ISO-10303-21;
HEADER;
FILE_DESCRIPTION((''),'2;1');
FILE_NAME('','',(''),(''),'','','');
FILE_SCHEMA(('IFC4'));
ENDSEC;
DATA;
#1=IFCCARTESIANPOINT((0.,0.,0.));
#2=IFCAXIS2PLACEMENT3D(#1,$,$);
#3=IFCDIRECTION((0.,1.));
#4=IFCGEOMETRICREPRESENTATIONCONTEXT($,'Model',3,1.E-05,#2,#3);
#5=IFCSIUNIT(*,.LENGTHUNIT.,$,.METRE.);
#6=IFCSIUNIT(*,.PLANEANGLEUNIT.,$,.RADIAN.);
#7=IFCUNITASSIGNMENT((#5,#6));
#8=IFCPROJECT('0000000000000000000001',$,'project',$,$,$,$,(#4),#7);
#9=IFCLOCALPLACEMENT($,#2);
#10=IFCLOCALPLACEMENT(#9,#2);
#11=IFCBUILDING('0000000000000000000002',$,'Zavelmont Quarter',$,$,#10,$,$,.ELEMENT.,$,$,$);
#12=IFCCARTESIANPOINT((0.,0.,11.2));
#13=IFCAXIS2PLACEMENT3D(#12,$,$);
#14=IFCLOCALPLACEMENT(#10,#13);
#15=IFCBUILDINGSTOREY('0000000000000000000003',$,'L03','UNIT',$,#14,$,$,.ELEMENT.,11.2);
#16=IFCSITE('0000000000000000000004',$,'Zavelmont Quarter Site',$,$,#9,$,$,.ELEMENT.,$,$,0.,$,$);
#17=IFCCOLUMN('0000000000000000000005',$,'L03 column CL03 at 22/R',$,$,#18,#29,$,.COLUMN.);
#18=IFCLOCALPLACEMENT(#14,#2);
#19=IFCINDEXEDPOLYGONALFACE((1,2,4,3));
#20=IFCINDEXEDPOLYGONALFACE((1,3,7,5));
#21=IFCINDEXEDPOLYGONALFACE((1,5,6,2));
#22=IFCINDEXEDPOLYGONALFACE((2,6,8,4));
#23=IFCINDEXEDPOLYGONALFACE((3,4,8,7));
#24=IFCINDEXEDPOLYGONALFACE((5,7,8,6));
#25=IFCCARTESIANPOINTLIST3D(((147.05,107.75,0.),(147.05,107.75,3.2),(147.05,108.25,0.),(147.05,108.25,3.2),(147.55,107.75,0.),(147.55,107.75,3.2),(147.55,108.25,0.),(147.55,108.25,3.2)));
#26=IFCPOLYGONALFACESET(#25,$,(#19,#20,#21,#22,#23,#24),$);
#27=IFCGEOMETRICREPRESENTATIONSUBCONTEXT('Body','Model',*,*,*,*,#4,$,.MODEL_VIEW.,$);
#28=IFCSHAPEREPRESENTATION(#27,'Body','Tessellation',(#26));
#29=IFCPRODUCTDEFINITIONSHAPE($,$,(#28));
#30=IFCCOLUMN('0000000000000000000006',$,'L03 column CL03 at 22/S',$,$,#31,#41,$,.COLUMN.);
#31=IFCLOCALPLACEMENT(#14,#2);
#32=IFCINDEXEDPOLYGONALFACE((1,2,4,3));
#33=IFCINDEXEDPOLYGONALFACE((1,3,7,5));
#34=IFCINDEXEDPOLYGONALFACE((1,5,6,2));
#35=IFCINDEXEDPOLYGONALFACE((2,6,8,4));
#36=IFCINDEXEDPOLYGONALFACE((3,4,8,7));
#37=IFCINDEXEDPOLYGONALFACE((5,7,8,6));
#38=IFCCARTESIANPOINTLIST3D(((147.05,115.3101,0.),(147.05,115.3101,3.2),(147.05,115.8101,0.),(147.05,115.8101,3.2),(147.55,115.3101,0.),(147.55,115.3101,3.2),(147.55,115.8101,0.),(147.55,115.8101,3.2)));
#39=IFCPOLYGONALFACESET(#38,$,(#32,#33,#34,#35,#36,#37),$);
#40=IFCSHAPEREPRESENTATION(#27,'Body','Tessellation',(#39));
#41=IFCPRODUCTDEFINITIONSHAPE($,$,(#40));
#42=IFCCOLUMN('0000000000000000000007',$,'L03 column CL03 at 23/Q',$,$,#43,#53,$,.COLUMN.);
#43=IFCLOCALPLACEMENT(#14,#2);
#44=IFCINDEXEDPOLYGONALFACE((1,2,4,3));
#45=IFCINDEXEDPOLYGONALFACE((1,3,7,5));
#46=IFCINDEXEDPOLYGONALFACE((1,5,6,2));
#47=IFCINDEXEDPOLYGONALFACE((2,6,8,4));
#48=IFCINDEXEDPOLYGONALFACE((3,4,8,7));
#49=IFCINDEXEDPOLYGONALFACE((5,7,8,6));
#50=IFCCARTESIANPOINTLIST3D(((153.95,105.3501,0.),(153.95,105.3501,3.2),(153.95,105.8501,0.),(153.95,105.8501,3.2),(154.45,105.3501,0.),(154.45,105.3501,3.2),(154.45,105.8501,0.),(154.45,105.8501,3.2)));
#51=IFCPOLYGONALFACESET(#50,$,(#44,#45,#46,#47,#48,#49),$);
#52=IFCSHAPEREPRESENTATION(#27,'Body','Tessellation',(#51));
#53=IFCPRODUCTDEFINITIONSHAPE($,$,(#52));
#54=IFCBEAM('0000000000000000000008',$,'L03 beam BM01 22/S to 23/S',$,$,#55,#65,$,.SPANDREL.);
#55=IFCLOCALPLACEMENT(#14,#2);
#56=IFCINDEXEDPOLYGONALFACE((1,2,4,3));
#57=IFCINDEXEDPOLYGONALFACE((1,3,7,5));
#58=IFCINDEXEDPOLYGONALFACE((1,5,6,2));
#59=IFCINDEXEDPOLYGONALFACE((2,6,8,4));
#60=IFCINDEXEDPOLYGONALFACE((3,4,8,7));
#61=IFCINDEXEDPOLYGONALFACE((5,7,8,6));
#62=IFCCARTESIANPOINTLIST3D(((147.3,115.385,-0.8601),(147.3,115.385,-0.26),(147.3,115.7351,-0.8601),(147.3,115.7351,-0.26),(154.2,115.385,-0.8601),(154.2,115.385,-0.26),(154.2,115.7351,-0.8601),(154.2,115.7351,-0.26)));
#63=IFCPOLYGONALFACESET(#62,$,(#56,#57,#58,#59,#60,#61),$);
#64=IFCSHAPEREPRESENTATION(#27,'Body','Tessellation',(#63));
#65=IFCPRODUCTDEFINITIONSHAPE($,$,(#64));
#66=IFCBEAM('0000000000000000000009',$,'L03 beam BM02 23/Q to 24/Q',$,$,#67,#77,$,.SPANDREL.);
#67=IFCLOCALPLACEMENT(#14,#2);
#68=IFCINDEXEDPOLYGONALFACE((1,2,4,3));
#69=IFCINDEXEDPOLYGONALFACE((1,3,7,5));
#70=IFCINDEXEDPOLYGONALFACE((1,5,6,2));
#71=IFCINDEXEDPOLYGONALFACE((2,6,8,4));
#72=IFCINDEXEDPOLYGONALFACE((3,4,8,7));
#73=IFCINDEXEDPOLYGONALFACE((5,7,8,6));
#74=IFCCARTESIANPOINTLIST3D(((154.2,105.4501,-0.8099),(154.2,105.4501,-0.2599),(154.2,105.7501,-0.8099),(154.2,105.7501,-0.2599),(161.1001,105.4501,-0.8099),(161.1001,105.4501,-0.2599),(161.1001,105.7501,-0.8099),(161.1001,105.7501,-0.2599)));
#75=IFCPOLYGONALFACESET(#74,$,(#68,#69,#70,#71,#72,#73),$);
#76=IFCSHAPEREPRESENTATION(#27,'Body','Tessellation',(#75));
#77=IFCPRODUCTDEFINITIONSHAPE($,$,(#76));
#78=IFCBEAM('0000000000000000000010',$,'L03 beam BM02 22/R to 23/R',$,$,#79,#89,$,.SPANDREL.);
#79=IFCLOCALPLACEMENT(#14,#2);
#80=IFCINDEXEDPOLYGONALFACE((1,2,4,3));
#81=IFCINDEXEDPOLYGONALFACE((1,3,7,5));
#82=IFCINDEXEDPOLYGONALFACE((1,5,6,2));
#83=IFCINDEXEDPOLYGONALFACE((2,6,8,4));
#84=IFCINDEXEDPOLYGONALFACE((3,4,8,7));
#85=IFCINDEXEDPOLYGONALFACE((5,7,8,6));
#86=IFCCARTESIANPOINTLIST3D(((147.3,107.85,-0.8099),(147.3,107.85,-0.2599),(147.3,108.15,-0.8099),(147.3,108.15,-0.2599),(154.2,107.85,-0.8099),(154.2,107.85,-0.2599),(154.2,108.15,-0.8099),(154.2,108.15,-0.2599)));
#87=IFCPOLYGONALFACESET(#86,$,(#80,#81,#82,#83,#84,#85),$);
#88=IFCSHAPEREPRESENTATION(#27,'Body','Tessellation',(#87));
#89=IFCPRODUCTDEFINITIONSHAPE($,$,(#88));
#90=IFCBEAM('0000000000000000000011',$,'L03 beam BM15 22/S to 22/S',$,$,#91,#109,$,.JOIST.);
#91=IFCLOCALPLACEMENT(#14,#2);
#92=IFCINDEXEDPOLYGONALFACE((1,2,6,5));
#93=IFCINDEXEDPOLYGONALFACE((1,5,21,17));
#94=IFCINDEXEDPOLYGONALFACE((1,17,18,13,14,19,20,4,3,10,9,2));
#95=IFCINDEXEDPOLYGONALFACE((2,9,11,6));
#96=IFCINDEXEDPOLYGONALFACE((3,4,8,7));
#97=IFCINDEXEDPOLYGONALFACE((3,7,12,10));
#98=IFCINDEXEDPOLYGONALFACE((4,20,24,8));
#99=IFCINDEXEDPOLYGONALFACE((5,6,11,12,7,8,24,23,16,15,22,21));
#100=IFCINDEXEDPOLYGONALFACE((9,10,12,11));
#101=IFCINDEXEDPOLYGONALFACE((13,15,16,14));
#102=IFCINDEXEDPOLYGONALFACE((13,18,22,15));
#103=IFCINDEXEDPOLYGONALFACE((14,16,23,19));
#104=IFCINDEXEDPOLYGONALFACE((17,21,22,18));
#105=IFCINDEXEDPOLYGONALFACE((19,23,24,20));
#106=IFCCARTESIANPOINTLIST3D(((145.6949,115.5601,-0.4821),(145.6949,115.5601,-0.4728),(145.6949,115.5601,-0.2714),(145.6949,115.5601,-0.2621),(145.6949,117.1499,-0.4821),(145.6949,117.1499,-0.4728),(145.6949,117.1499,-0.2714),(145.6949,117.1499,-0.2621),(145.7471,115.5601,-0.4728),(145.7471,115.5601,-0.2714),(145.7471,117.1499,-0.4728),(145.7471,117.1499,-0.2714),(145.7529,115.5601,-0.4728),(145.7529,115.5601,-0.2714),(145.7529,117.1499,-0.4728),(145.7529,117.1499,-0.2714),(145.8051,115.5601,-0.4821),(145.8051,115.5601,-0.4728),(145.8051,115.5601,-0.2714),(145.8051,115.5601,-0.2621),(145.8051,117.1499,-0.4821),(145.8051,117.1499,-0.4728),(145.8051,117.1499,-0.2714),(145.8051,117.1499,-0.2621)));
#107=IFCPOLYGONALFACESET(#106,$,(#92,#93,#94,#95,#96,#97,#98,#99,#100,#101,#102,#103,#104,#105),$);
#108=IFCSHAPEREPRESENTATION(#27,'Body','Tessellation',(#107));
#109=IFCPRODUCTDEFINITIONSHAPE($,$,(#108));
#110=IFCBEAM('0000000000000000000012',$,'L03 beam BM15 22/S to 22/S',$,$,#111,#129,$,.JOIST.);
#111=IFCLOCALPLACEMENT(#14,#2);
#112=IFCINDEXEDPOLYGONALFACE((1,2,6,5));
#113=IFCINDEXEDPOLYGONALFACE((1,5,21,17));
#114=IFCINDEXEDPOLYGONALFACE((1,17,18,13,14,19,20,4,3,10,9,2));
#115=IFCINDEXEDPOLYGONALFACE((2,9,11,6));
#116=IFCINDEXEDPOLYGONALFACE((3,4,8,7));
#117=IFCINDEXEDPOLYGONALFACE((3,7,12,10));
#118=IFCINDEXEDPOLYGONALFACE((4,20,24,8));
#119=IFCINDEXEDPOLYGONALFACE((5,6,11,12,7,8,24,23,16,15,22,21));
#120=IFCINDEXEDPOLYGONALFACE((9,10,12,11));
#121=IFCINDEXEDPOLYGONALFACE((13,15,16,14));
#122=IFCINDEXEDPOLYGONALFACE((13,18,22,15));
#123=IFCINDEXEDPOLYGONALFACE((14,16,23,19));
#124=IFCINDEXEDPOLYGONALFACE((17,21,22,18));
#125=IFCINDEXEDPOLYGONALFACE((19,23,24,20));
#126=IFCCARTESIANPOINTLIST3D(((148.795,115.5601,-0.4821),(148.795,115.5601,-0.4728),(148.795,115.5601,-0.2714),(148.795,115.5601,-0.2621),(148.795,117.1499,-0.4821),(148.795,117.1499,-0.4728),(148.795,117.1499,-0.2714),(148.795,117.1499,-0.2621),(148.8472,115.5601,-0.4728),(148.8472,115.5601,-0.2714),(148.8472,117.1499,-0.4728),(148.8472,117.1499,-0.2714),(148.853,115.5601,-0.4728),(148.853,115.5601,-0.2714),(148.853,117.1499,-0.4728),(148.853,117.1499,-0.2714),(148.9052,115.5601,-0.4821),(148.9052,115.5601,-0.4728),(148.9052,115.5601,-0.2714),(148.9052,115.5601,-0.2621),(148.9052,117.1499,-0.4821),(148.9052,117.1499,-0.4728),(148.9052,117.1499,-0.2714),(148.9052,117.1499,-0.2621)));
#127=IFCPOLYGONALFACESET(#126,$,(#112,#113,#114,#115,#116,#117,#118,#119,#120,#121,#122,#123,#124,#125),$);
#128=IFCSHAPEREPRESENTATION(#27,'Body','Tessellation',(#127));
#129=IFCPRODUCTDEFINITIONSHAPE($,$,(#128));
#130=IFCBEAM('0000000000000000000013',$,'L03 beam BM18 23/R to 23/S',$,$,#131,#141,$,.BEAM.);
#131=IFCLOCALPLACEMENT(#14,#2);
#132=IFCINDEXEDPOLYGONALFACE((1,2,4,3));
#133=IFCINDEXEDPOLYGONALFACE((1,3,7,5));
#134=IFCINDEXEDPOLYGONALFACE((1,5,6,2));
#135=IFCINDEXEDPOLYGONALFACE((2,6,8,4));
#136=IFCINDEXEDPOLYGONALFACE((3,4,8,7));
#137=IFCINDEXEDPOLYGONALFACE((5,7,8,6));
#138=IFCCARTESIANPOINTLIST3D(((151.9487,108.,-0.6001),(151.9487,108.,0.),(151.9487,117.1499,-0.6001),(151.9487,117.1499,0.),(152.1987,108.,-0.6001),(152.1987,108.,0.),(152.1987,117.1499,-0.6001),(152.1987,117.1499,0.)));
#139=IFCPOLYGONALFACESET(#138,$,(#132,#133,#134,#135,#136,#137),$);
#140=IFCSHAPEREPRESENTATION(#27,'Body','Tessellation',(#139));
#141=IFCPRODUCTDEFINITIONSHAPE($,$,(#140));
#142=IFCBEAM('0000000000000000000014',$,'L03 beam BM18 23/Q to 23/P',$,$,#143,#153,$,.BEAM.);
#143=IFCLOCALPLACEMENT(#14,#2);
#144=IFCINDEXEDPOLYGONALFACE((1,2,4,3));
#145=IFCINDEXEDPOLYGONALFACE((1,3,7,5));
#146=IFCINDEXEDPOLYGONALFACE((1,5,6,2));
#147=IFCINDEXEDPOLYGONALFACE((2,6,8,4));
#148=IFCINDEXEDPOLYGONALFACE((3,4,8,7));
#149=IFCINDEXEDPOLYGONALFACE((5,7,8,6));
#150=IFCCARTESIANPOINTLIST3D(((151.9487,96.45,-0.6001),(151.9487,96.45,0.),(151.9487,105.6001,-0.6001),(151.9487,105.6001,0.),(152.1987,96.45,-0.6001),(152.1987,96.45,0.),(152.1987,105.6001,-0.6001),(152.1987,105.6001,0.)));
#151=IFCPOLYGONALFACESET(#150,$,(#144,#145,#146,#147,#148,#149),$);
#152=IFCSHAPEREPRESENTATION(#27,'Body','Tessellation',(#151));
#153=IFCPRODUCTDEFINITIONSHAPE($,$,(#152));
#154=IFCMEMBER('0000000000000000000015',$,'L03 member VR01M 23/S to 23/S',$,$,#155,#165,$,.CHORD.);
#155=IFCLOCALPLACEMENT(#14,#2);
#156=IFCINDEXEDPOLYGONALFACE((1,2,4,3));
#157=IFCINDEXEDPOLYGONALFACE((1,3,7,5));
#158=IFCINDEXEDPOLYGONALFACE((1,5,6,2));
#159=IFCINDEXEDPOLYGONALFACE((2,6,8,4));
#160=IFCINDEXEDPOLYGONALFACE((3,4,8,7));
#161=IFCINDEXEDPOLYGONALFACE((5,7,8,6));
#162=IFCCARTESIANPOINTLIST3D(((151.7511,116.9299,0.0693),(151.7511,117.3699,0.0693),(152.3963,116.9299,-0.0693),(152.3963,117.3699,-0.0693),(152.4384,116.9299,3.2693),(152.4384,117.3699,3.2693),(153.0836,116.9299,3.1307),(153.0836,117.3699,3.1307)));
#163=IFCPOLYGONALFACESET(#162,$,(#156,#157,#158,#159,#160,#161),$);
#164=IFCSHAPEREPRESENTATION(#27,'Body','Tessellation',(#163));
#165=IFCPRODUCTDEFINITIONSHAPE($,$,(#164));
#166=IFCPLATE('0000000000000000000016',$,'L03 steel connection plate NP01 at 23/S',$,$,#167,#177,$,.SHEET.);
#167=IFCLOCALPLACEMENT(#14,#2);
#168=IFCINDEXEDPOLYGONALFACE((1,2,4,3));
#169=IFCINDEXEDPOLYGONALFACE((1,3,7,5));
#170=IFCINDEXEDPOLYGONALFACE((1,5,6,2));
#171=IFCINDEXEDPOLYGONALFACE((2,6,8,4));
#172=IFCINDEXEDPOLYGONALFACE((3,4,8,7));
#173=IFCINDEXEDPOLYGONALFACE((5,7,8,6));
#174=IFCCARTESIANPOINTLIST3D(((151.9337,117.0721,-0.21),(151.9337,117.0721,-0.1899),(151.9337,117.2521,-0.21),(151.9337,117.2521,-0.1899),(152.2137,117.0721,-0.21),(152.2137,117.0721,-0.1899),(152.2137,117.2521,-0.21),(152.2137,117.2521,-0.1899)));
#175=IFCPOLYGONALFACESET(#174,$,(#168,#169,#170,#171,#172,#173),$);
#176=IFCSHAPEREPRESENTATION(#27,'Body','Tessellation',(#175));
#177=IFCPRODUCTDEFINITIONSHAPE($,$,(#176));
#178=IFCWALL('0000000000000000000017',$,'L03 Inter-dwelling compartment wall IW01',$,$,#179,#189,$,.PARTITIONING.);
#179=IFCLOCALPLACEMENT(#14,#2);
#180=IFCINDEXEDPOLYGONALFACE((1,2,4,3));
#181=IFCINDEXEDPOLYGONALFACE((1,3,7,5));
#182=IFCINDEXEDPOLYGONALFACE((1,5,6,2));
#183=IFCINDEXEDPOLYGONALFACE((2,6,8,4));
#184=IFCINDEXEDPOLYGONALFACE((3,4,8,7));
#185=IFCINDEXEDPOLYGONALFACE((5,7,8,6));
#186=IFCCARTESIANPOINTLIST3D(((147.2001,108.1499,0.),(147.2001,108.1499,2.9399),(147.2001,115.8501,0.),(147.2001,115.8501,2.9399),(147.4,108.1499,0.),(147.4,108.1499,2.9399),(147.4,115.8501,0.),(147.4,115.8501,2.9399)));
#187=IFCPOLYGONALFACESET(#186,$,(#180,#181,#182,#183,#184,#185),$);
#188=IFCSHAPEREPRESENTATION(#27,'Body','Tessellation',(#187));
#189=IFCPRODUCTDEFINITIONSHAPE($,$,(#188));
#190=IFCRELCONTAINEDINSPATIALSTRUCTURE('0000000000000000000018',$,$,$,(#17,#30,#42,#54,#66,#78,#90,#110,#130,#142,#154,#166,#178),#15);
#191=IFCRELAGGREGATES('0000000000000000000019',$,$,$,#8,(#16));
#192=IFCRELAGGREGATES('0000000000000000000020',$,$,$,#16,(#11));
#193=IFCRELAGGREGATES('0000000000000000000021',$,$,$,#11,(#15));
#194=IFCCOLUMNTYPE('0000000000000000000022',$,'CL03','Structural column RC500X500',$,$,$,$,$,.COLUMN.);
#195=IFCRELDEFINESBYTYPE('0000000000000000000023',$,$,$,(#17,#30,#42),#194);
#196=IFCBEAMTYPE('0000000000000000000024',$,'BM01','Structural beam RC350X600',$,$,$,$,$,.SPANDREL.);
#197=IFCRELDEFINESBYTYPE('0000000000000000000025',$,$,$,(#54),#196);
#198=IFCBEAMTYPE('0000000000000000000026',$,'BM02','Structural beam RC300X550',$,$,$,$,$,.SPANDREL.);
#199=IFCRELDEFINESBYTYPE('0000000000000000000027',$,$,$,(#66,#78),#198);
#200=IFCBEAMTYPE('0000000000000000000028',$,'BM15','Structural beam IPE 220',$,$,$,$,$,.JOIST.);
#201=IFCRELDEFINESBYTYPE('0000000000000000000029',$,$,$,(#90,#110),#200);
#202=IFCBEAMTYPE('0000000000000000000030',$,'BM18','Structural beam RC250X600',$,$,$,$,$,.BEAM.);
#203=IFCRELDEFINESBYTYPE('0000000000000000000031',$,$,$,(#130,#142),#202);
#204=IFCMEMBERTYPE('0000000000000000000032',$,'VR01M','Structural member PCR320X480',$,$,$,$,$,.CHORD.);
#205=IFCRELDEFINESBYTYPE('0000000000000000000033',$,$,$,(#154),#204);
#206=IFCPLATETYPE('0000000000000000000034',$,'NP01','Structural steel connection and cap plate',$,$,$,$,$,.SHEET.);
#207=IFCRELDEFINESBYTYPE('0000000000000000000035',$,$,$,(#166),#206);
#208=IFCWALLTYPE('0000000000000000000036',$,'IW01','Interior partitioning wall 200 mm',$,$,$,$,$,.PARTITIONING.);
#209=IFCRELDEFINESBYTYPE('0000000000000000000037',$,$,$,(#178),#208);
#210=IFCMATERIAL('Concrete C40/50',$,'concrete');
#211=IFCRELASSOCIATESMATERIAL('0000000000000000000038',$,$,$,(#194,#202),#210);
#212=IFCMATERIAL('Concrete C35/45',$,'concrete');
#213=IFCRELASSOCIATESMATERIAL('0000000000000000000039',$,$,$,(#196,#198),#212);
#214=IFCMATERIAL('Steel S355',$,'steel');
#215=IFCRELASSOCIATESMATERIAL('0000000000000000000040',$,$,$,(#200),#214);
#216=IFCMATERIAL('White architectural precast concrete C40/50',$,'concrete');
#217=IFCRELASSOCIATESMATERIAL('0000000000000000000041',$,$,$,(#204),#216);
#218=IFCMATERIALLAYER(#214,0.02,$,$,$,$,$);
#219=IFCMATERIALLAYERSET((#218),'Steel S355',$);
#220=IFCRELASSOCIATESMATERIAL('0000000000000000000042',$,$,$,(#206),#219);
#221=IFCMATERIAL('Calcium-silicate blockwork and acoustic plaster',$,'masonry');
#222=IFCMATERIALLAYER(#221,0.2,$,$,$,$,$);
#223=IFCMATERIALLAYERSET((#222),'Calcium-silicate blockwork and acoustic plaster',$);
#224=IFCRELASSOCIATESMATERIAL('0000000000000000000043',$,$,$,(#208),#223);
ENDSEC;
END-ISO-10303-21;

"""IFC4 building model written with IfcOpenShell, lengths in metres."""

from ifc_helpers import new_model, si_unit, direction, frame, frame_2d, origin, origin_2d, place, context, subcontext, project, spatial, rectangle, i_section, extrude, material, layer, layer_set, material_profile, profile_set, type_object, element, save


model = new_model("IFC4")

# Units and contexts
model_context = context("Model", 3, precision=1e-05, world=origin(), true_north=direction((0.0, 1.0)))
body_context = subcontext(model_context, "Body", "Model", "MODEL_VIEW")
ifc_project = project(units=[si_unit("LENGTHUNIT", "METRE"), si_unit("PLANEANGLEUNIT", "RADIAN")], contexts=[model_context])

# Site, building, storey
site_placement = place(None, origin())
site = spatial("IfcSite", under=ifc_project, at=site_placement, Name="Zavelmont Quarter Site", CompositionType="ELEMENT", RefElevation=0.0)
building_placement = place(site_placement, origin())
building = spatial("IfcBuilding", under=site, at=building_placement, Name="Zavelmont Quarter", CompositionType="ELEMENT")
storey_placement = place(building_placement, frame((0.0, 0.0, 11.2)))
storey = spatial("IfcBuildingStorey", under=building, at=storey_placement, Name="L03", Description="UNIT", CompositionType="ELEMENT", Elevation=11.2)

# Columns
ifc_material_1 = material(Name="Concrete C40/50", Category="concrete")
ifc_material_profile_1 = material_profile(ifc_material_1, rectangle(XDim=0.5, YDim=0.5, at=origin_2d()), Name="RC500X500")
ifc_profile_set_1 = profile_set([ifc_material_profile_1], Name="Concrete C40/50")
column_type = type_object("IfcColumnType", Name="CL03", Description="Structural column RC500X500", PredefinedType="COLUMN", material=ifc_profile_set_1)
for number, where, z_axis, x_axis, name in (
    (1, (147.3, 108.0, 0.0), (0.0, 0.0, 1.0), (1.0, 0.0, 0.0), "L03 column CL03 at 22/R"),
    (2, (147.3, 115.5601, 0.0), (0.0, 0.0, 1.0), (1.0, 0.0, 0.0), "L03 column CL03 at 22/S"),
    (3, (154.2, 105.6001, 0.0), (0.0, 0.0, 1.0), (1.0, 0.0, 0.0), "L03 column CL03 at 23/Q"),
):
    element("IfcColumn", number, at=place(storey_placement, frame(where, z_axis=z_axis, x_axis=x_axis)), inside=storey, type_object=column_type, Name=name, PredefinedType="COLUMN", context=body_context, shape_type="SweptSolid", body=[
        extrude(rectangle(XDim=0.5, YDim=0.5, at=origin_2d()), origin(), (0.0, 0.0, 1.0), 3.2),
    ])

# Beams
ifc_material_2 = material(Name="Concrete C35/45", Category="concrete")
ifc_material_profile_2 = material_profile(ifc_material_2, rectangle(XDim=0.3501, YDim=0.6001, at=origin_2d()), Name="RC350X600")
ifc_profile_set_2 = profile_set([ifc_material_profile_2], Name="Concrete C35/45")
beam_type_1 = type_object("IfcBeamType", Name="BM01", Description="Structural beam RC350X600", PredefinedType="SPANDREL", material=ifc_profile_set_2)
beam_1_placement = place(storey_placement, frame((147.3, 115.5601, -0.5601), z_axis=(1.0, 0.0, 0.0), x_axis=(0.0, 1.0, 0.0)))
element("IfcBeam", 4, at=beam_1_placement, inside=storey, type_object=beam_type_1, Name="L03 beam BM01 22/S to 23/S", PredefinedType="SPANDREL", context=body_context, shape_type="SweptSolid", body=[
    extrude(rectangle(XDim=0.3501, YDim=0.6001, at=origin_2d()), origin(), (0.0, 0.0, 1.0), 6.8999),
])
ifc_material_profile_3 = material_profile(ifc_material_2, rectangle(XDim=0.3, YDim=0.55, at=origin_2d()), Name="RC300X550")
ifc_profile_set_3 = profile_set([ifc_material_profile_3], Name="Concrete C35/45")
beam_type_2 = type_object("IfcBeamType", Name="BM02", Description="Structural beam RC300X550", PredefinedType="SPANDREL", material=ifc_profile_set_3)
beam_2_placement = place(storey_placement, frame((154.2, 105.6001, -0.5349), z_axis=(1.0, 0.0, 0.0), x_axis=(0.0, 1.0, 0.0)))
element("IfcBeam", 5, at=beam_2_placement, inside=storey, type_object=beam_type_2, Name="L03 beam BM02 23/Q to 24/Q", PredefinedType="SPANDREL", context=body_context, shape_type="SweptSolid", body=[
    extrude(rectangle(XDim=0.3, YDim=0.55, at=origin_2d()), origin(), (0.0, 0.0, 1.0), 6.9001),
])
beam_3_placement = place(storey_placement, frame((147.3, 108.0, -0.5349), z_axis=(1.0, 0.0, 0.0), x_axis=(0.0, 1.0, 0.0)))
element("IfcBeam", 6, at=beam_3_placement, inside=storey, type_object=beam_type_2, Name="L03 beam BM02 22/R to 23/R", PredefinedType="SPANDREL", context=body_context, shape_type="SweptSolid", body=[
    extrude(rectangle(XDim=0.3, YDim=0.55, at=origin_2d()), origin(), (0.0, 0.0, 1.0), 6.8999),
])
ifc_material_3 = material(Name="Steel S355", Category="steel")
ifc_material_profile_4 = material_profile(ifc_material_3, i_section(OverallWidth=0.1101, OverallDepth=0.22, WebThickness=0.0059, FlangeThickness=0.0093, at=origin_2d()), Name="IPE 220")
ifc_profile_set_4 = profile_set([ifc_material_profile_4], Name="Steel S355")
beam_type_3 = type_object("IfcBeamType", Name="BM15", Description="Structural beam IPE 220", PredefinedType="JOIST", material=ifc_profile_set_4)
for number, where, z_axis, x_axis, name in (
    (7, (145.75, 115.5601, -0.3721), (0.0, 1.0, 0.0), (-1.0, 0.0, 0.0), "L03 beam BM15 22/S to 22/S"),
    (8, (148.8501, 115.5601, -0.3721), (0.0, 1.0, 0.0), (-1.0, 0.0, 0.0), "L03 beam BM15 22/S to 22/S"),
):
    element("IfcBeam", number, at=place(storey_placement, frame(where, z_axis=z_axis, x_axis=x_axis)), inside=storey, type_object=beam_type_3, Name=name, PredefinedType="JOIST", context=body_context, shape_type="SweptSolid", body=[
        extrude(i_section(OverallWidth=0.1101, OverallDepth=0.22, WebThickness=0.0059, FlangeThickness=0.0093, at=origin_2d()), origin(), (0.0, 0.0, 1.0), 1.5898),
    ])
ifc_material_profile_5 = material_profile(ifc_material_1, rectangle(XDim=0.25, YDim=0.6001, at=origin_2d()), Name="RC250X600")
ifc_profile_set_5 = profile_set([ifc_material_profile_5], Name="Concrete C40/50")
beam_type_4 = type_object("IfcBeamType", Name="BM18", Description="Structural beam RC250X600", PredefinedType="BEAM", material=ifc_profile_set_5)
beam_4_placement = place(storey_placement, frame((152.0737, 108.0, -0.3), z_axis=(0.0, 1.0, 0.0), x_axis=(-1.0, 0.0, 0.0)))
element("IfcBeam", 9, at=beam_4_placement, inside=storey, type_object=beam_type_4, Name="L03 beam BM18 23/R to 23/S", PredefinedType="BEAM", context=body_context, shape_type="SweptSolid", body=[
    extrude(rectangle(XDim=0.25, YDim=0.6001, at=origin_2d()), origin(), (0.0, 0.0, 1.0), 9.1499),
])
beam_5_placement = place(storey_placement, frame((152.0737, 105.6001, -0.3), z_axis=(0.0, -1.0, 0.0), x_axis=(1.0, 0.0, 0.0)))
element("IfcBeam", 10, at=beam_5_placement, inside=storey, type_object=beam_type_4, Name="L03 beam BM18 23/Q to 23/P", PredefinedType="BEAM", context=body_context, shape_type="SweptSolid", body=[
    extrude(rectangle(XDim=0.25, YDim=0.6001, at=origin_2d()), origin(), (0.0, 0.0, 1.0), 9.1501),
])

# Member
ifc_material_4 = material(Name="White architectural precast concrete C40/50", Category="concrete")
ifc_material_profile_6 = material_profile(ifc_material_4, rectangle(XDim=0.4399, YDim=0.6599, at=origin_2d()), Name="PCR320X480")
ifc_profile_set_6 = profile_set([ifc_material_profile_6], Name="White architectural precast concrete C40/50")
member_type = type_object("IfcMemberType", Name="VR01M", Description="Structural member PCR320X480", PredefinedType="CHORD", material=ifc_profile_set_6)
member_placement = place(storey_placement, frame((152.0737, 117.1499, 0.0), z_axis=(0.209982, 0.0, 0.977705), x_axis=(0.0, 1.0, 0.0)))
element("IfcMember", 11, at=member_placement, inside=storey, type_object=member_type, Name="L03 member VR01M 23/S to 23/S", PredefinedType="CHORD", context=body_context, shape_type="SweptSolid", body=[
    extrude(rectangle(XDim=0.4399, YDim=0.6599, at=origin_2d()), origin(), (0.0, 0.0, 1.0), 3.2729),
])

# Plate
ifc_layer_1 = layer(ifc_material_3, 0.02)
ifc_layer_set_1 = layer_set([ifc_layer_1], Name="Steel S355")
plate_type = type_object("IfcPlateType", Name="NP01", Description="Structural steel connection and cap plate", PredefinedType="SHEET", material=ifc_layer_set_1)
plate_placement = place(storey_placement, frame((152.0737, 117.1621, -0.21), z_axis=(0.0, 0.0, 1.0), x_axis=(1.0, 0.0, 0.0)))
element("IfcPlate", 12, at=plate_placement, inside=storey, type_object=plate_type, Name="L03 steel connection plate NP01 at 23/S", PredefinedType="SHEET", context=body_context, shape_type="SweptSolid", body=[
    extrude(rectangle(XDim=0.28, YDim=0.1799, at=origin_2d()), origin(), (0.0, 0.0, 1.0), 0.02),
])

# Wall
ifc_material_5 = material(Name="Calcium-silicate blockwork and acoustic plaster", Category="masonry")
ifc_layer_2 = layer(ifc_material_5, 0.2)
ifc_layer_set_2 = layer_set([ifc_layer_2], Name="Calcium-silicate blockwork and acoustic plaster")
wall_type_1 = type_object("IfcWallType", Name="IW01", Description="Interior partitioning wall 200 mm", PredefinedType="PARTITIONING", material=ifc_layer_set_2)
wall_1_placement = place(storey_placement, frame((147.3, 108.1499, 0.0), z_axis=(0.0, 0.0, 1.0), x_axis=(0.0, 1.0, 0.0)))
element("IfcWall", 13, at=wall_1_placement, inside=storey, type_object=wall_type_1, Name="L03 Inter-dwelling compartment wall IW01", PredefinedType="PARTITIONING", context=body_context, shape_type="SweptSolid", body=[
    extrude(rectangle(XDim=7.7002, YDim=0.2, at=frame_2d((3.8501, 0.0))), origin(), (0.0, 0.0, 1.0), 2.9399),
])

save(model, "model.ifc")
